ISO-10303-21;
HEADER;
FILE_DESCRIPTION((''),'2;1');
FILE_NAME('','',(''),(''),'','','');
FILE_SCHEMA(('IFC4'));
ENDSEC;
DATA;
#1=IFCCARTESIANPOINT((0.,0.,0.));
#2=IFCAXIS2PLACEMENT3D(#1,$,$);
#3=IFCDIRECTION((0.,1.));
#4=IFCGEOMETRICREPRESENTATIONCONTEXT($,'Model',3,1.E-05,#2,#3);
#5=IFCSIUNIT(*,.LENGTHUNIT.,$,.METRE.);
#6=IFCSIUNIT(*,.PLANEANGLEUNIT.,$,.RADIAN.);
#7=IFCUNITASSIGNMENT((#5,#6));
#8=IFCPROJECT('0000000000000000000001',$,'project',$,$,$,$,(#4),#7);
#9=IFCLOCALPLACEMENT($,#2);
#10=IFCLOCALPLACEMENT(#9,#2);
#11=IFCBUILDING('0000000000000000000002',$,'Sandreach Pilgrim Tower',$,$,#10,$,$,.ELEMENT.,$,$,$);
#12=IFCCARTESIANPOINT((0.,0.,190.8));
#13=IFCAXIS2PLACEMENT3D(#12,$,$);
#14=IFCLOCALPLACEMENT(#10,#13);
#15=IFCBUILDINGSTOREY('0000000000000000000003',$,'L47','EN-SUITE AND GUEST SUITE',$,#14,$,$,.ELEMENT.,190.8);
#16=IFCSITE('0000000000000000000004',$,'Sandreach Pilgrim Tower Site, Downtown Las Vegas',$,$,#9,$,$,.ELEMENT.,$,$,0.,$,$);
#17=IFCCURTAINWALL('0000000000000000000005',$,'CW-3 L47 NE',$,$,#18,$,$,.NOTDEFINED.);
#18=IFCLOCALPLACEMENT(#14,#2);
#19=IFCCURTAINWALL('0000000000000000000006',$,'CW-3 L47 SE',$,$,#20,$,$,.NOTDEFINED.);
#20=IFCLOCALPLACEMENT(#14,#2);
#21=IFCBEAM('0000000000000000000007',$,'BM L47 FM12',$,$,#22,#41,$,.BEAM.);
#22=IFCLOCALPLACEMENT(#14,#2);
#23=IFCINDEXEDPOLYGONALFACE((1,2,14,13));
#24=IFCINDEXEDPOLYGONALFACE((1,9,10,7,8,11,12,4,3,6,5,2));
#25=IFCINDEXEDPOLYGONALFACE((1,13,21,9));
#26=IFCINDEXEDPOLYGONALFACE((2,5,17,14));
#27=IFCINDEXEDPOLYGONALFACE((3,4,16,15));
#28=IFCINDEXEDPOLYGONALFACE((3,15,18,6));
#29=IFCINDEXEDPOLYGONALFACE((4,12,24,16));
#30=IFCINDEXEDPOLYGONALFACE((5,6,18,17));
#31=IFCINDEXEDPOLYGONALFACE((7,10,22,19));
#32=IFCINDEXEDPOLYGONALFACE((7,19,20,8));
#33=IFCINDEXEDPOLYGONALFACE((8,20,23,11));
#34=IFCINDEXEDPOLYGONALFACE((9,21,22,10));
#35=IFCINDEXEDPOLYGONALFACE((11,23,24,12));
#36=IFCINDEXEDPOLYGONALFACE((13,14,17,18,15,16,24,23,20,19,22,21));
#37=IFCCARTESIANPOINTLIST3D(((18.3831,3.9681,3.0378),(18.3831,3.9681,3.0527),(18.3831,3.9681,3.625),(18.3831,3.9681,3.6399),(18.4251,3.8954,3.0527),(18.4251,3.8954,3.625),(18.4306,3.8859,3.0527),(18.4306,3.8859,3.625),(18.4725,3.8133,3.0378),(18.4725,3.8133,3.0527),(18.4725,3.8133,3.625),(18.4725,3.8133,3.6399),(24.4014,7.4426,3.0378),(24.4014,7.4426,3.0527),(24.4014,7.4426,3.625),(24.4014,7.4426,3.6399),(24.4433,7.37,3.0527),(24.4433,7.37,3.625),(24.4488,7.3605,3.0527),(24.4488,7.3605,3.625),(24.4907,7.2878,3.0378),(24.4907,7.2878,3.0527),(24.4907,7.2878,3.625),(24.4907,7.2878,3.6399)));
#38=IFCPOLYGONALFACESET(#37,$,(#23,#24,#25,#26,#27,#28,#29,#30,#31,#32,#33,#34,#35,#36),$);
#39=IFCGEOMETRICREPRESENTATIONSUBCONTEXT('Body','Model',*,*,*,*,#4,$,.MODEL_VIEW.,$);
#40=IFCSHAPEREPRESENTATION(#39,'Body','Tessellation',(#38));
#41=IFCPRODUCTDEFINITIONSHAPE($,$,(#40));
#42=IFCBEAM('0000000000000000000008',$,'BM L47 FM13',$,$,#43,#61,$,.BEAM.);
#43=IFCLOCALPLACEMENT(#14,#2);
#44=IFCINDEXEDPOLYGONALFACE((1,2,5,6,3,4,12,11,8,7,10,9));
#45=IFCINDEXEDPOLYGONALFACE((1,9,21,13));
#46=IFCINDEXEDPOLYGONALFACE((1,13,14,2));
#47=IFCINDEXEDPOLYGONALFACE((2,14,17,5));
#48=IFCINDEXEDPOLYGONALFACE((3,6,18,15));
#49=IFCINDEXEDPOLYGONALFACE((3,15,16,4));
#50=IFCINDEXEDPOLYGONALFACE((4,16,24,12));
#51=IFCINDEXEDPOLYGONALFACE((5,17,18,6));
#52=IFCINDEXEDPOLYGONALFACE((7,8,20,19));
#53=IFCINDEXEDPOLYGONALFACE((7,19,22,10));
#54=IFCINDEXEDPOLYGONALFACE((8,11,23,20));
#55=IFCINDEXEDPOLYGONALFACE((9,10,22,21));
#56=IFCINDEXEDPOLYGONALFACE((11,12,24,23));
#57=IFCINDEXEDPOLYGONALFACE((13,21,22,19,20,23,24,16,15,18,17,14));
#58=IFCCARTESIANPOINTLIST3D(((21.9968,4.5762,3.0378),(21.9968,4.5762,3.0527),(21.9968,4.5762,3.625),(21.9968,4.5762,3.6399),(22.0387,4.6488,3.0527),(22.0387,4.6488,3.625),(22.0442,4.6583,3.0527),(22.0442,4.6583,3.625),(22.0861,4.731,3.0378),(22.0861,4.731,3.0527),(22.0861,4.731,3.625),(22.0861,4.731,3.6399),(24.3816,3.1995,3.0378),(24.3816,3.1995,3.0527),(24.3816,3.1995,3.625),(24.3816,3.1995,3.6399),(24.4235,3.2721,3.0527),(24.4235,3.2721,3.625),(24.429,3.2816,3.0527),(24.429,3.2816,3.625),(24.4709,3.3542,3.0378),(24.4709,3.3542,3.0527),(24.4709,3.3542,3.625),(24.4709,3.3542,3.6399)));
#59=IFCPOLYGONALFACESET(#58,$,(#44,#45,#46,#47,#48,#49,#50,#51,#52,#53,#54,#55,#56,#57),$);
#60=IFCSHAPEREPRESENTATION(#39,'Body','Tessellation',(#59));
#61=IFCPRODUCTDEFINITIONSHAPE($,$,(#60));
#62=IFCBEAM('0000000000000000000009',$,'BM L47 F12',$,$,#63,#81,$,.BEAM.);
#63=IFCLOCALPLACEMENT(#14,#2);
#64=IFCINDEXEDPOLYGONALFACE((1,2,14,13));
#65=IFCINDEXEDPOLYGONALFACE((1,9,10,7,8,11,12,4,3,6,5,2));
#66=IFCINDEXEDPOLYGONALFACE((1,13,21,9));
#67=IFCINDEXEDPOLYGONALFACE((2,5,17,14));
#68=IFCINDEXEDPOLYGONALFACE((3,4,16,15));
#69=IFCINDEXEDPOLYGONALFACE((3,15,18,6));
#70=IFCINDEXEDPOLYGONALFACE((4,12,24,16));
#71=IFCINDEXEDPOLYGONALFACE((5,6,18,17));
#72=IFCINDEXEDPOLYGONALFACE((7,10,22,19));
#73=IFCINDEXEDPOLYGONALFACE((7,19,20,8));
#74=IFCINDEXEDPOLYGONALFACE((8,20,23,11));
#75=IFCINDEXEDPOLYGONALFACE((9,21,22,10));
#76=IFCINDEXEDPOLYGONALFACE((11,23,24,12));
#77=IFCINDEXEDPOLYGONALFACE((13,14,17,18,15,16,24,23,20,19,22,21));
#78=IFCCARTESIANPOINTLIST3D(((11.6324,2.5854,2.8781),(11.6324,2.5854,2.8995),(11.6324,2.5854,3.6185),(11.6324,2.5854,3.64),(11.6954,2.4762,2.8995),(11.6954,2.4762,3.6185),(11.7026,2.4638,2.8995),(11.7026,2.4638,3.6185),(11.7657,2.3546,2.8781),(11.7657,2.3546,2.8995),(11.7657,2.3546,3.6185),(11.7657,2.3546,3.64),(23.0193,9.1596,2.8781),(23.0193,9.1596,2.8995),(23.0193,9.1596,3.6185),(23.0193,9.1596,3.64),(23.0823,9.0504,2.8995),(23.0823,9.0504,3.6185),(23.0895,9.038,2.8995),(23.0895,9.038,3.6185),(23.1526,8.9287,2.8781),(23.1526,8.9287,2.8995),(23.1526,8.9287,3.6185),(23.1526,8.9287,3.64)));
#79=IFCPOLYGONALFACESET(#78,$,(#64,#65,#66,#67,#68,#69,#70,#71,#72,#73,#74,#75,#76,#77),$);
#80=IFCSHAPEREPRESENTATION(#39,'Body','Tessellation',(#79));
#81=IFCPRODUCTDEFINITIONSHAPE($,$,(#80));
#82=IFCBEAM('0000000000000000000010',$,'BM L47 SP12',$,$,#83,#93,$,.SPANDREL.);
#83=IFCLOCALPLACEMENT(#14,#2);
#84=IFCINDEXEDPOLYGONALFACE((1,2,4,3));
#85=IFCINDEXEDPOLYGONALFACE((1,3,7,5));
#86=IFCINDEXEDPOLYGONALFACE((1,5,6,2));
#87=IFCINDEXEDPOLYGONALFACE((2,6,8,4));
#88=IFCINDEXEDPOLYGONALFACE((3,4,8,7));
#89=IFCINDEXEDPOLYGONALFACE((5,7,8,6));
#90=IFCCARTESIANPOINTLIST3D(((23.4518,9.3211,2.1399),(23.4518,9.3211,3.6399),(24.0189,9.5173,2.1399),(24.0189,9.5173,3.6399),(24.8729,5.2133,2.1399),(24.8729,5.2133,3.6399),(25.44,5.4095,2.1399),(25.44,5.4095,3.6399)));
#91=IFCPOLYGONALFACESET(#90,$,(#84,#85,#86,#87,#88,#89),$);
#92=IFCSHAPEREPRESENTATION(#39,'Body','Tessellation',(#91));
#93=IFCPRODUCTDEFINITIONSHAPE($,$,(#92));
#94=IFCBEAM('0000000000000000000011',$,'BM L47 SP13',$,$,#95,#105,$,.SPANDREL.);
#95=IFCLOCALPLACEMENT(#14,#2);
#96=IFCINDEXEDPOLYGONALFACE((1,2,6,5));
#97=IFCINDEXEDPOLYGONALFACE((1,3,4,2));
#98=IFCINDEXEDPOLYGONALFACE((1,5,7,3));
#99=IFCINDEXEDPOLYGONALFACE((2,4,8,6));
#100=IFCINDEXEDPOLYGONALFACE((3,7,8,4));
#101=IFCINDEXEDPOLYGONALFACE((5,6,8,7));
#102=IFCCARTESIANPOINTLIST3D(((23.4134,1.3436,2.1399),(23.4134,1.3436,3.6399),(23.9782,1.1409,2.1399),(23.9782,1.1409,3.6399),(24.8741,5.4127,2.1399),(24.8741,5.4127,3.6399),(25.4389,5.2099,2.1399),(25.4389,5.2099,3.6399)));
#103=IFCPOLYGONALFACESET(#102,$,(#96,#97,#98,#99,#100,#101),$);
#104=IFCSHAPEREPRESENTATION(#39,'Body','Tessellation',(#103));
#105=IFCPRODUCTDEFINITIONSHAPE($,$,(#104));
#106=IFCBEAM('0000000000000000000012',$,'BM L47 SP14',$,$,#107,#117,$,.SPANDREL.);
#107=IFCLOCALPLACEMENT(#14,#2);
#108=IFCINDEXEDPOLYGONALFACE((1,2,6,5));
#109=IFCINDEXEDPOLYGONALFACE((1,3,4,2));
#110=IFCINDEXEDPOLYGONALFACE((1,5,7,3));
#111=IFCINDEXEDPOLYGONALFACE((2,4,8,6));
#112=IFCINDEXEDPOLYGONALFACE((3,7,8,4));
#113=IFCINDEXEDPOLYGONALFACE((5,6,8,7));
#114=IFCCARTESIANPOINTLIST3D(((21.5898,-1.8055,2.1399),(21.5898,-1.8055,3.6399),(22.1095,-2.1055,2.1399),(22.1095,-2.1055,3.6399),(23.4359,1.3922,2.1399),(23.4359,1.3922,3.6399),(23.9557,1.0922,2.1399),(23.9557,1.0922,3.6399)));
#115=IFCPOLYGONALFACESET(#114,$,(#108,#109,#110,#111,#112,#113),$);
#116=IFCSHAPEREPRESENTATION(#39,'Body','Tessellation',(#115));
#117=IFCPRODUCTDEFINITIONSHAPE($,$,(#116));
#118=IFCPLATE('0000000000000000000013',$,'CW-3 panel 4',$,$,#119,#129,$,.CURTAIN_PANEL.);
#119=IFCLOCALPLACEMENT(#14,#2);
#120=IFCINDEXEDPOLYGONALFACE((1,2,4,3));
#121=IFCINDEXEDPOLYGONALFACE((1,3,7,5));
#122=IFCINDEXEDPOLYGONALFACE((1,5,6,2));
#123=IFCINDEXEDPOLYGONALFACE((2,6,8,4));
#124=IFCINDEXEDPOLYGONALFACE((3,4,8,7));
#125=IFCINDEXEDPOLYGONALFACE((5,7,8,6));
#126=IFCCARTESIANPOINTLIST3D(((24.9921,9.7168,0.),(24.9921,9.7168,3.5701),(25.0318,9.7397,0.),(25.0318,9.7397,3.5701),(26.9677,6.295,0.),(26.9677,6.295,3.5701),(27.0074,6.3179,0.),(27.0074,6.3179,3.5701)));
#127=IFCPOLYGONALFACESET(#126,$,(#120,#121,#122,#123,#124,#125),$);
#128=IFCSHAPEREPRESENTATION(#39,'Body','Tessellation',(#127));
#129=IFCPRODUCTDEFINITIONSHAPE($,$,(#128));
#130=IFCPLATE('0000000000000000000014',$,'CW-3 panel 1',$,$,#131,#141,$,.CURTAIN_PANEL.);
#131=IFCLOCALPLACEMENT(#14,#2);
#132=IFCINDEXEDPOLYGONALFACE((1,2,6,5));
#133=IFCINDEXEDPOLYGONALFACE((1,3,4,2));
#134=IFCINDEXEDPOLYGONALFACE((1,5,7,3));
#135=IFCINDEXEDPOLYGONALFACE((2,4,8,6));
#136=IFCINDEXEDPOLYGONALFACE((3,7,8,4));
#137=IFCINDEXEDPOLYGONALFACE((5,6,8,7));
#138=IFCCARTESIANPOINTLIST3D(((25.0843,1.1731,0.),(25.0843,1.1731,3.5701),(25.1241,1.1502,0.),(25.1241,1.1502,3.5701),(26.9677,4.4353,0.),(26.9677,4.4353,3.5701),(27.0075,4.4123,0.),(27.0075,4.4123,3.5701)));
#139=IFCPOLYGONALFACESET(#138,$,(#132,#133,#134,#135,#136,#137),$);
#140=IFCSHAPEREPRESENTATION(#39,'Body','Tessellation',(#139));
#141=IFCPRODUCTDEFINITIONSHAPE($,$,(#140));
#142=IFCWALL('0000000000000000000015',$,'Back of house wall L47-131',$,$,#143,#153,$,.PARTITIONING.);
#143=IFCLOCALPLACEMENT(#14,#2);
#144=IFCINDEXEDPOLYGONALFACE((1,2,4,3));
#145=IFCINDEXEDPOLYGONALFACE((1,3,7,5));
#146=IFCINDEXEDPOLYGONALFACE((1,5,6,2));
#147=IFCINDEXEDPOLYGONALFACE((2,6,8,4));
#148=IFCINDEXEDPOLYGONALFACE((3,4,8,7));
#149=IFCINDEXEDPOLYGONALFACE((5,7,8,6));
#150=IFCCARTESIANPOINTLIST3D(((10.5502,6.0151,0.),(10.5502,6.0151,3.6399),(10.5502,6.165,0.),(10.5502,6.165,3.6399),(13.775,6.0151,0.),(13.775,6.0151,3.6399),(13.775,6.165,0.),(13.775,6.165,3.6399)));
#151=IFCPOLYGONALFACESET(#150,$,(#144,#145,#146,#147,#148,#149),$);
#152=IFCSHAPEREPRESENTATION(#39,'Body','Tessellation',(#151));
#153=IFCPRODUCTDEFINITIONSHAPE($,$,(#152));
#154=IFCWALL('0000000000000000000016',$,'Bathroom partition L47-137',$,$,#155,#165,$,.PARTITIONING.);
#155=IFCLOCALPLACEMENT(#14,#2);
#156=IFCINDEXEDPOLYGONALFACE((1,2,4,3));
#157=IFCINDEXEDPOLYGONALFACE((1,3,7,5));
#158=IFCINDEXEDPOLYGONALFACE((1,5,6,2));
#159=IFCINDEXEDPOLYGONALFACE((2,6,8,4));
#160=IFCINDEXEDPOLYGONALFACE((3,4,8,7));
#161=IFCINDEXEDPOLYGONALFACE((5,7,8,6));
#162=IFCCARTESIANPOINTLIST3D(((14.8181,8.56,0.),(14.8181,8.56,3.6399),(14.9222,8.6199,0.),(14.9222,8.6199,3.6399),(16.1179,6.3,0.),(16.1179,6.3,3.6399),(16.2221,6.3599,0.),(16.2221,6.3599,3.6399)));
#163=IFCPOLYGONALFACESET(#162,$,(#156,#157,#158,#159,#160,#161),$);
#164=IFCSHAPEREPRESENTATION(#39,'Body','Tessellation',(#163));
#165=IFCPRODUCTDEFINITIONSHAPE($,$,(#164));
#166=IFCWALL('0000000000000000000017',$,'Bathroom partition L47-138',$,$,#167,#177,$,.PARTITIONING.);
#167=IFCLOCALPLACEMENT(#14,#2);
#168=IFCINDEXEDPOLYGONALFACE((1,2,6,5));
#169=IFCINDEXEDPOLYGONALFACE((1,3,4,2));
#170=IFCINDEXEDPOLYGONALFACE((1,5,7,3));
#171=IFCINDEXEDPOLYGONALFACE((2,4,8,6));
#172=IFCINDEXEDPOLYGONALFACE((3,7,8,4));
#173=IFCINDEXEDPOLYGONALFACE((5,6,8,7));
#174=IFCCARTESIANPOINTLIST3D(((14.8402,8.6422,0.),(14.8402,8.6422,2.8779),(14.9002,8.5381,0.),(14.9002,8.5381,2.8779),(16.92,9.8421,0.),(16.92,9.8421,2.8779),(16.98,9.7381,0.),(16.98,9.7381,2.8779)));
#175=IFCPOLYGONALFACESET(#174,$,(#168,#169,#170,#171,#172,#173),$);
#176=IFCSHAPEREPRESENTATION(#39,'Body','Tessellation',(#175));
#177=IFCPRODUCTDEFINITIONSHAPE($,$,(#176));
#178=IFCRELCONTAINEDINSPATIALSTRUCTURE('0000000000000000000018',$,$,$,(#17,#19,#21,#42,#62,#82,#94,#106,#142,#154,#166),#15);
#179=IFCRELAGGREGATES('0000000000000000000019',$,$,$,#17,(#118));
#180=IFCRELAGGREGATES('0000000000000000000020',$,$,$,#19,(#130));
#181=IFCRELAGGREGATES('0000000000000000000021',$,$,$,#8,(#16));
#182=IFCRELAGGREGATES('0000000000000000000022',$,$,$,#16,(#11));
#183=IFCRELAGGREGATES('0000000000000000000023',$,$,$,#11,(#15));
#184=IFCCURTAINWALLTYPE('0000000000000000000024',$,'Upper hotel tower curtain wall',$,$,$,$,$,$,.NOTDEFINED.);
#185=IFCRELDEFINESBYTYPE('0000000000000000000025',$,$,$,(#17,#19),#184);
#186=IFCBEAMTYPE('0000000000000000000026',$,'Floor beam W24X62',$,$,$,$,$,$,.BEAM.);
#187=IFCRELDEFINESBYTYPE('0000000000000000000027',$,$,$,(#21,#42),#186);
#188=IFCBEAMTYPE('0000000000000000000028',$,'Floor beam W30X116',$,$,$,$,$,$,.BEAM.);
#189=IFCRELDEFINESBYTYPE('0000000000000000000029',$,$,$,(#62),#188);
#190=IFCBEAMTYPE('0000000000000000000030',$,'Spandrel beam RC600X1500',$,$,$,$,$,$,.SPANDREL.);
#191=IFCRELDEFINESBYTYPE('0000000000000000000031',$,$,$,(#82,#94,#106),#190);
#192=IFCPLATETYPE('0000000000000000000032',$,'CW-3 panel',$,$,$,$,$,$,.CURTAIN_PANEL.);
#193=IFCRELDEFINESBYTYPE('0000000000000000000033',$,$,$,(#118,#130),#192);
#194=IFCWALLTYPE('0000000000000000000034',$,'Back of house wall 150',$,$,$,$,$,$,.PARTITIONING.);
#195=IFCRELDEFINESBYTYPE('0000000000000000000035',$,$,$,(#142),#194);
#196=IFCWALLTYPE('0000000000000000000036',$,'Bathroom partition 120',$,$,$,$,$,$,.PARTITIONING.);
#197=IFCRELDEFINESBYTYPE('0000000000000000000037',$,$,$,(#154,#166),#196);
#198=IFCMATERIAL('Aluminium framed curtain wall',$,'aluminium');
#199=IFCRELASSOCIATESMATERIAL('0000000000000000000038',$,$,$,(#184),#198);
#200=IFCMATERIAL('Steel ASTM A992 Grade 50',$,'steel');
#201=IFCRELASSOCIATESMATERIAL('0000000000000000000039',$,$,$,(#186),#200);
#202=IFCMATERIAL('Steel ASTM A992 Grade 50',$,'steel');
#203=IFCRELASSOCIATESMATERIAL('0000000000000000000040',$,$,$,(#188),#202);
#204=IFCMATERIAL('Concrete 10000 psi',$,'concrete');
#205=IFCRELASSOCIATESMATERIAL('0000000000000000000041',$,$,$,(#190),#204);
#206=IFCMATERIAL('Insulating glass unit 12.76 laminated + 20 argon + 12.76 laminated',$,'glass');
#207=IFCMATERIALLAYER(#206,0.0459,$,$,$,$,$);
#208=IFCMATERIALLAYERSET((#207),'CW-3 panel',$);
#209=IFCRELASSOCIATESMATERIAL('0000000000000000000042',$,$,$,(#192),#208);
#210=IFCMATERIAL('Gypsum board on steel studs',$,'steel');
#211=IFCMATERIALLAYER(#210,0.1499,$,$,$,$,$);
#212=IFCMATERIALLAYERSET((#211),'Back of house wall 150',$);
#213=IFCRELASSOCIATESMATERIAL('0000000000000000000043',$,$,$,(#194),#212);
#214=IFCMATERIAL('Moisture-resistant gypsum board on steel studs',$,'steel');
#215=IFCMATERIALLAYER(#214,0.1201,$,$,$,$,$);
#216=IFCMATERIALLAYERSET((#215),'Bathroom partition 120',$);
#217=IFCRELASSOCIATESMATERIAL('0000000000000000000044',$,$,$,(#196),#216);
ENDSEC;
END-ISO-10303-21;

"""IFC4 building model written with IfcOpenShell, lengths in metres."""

from ifc_helpers import new_model, si_unit, direction, frame, frame_2d, origin, origin_2d, place, context, subcontext, project, spatial, rectangle, i_section, extrude, material, layer, layer_set, material_profile, profile_set, type_object, element, aggregate, save


model = new_model("IFC4")

# Units and contexts
model_context = context("Model", 3, precision=1e-05, world=origin(), true_north=direction((0.0, 1.0)))
body_context = subcontext(model_context, "Body", "Model", "MODEL_VIEW")
ifc_project = project(units=[si_unit("LENGTHUNIT", "METRE"), si_unit("PLANEANGLEUNIT", "RADIAN")], contexts=[model_context])

# Site, building, storey
site_placement = place(None, origin())
site = spatial("IfcSite", under=ifc_project, at=site_placement, Name="Sandreach Pilgrim Tower Site, Downtown Las Vegas", CompositionType="ELEMENT", RefElevation=0.0)
building_placement = place(site_placement, origin())
building = spatial("IfcBuilding", under=site, at=building_placement, Name="Sandreach Pilgrim Tower", CompositionType="ELEMENT")
storey_placement = place(building_placement, frame((0.0, 0.0, 190.8)))
storey = spatial("IfcBuildingStorey", under=building, at=storey_placement, Name="L47", Description="EN-SUITE AND GUEST SUITE", CompositionType="ELEMENT", Elevation=190.8)

# Curtain wall
ifc_material_1 = material(Name="Aluminium framed curtain wall", Category="aluminium")
curtain_wall_type = type_object("IfcCurtainWallType", Name="Upper hotel tower curtain wall", PredefinedType="NOTDEFINED", material=ifc_material_1)
curtain_wall_1_placement = place(storey_placement, origin())
curtain_wall_1 = element("IfcCurtainWall", 1, at=curtain_wall_1_placement, inside=storey, type_object=curtain_wall_type, Name="CW-3 L47 NE", PredefinedType="NOTDEFINED")

# Curtain wall
curtain_wall_2_placement = place(storey_placement, origin())
curtain_wall_2 = element("IfcCurtainWall", 2, at=curtain_wall_2_placement, inside=storey, type_object=curtain_wall_type, Name="CW-3 L47 SE", PredefinedType="NOTDEFINED")

# Beams
ifc_material_2 = material(Name="Steel ASTM A992 Grade 50", Category="steel")
ifc_material_profile_1 = material_profile(ifc_material_2, i_section(OverallWidth=0.1787, OverallDepth=0.6021, WebThickness=0.011, FlangeThickness=0.0149, at=origin_2d()), Name="W24X62")
ifc_profile_set_1 = profile_set([ifc_material_profile_1], Name="Steel ASTM A992 Grade 50")
beam_type_1 = type_object("IfcBeamType", Name="Floor beam W24X62", PredefinedType="BEAM", material=ifc_profile_set_1)
beam_1_placement = place(storey_placement, frame((24.446, 7.3652, 3.3389), z_axis=(-0.866029, -0.499993, 0.0), x_axis=(0.499993, -0.866029, 0.0)))
element("IfcBeam", 3, at=beam_1_placement, inside=storey, type_object=beam_type_1, Name="BM L47 FM12", PredefinedType="BEAM", context=body_context, shape_type="SweptSolid", body=[
    extrude(i_section(OverallWidth=0.1787, OverallDepth=0.6021, WebThickness=0.011, FlangeThickness=0.0149, at=origin_2d()), origin(), (0.0, 0.0, 1.0), 6.9492),
])
beam_2_placement = place(storey_placement, frame((24.4263, 3.2769, 3.3389), z_axis=(-0.866047, 0.499963, 0.0), x_axis=(-0.499963, -0.866047, 0.0)))
element("IfcBeam", 4, at=beam_2_placement, inside=storey, type_object=beam_type_1, Name="BM L47 FM13", PredefinedType="BEAM", context=body_context, shape_type="SweptSolid", body=[
    extrude(i_section(OverallWidth=0.1787, OverallDepth=0.6021, WebThickness=0.011, FlangeThickness=0.0149, at=origin_2d()), origin(), (0.0, 0.0, 1.0), 2.7537),
])
ifc_material_3 = material(Name="Steel ASTM A992 Grade 50", Category="steel")
ifc_material_profile_2 = material_profile(ifc_material_3, i_section(OverallWidth=0.2666, OverallDepth=0.762, WebThickness=0.0144, FlangeThickness=0.0215, at=origin_2d()), Name="W30X116")
ifc_profile_set_2 = profile_set([ifc_material_profile_2], Name="Steel ASTM A992 Grade 50")
beam_type_2 = type_object("IfcBeamType", Name="Floor beam W30X116", PredefinedType="BEAM", material=ifc_profile_set_2)
beam_3_placement = place(storey_placement, frame((23.0859, 9.0442, 3.259), z_axis=(-0.866027, -0.499997, 0.0), x_axis=(0.499997, -0.866027, 0.0)))
element("IfcBeam", 5, at=beam_3_placement, inside=storey, type_object=beam_type_2, Name="BM L47 F12", PredefinedType="BEAM", context=body_context, shape_type="SweptSolid", body=[
    extrude(i_section(OverallWidth=0.2666, OverallDepth=0.762, WebThickness=0.0144, FlangeThickness=0.0215, at=origin_2d()), origin(), (0.0, 0.0, 1.0), 13.1484),
])
ifc_material_4 = material(Name="Concrete 10000 psi", Category="concrete")
ifc_material_profile_3 = material_profile(ifc_material_4, rectangle(XDim=0.6001, YDim=1.5, at=origin_2d()), Name="RC600X1500")
ifc_profile_set_3 = profile_set([ifc_material_profile_3], Name="Concrete 10000 psi")
beam_type_3 = type_object("IfcBeamType", Name="Spandrel beam RC600X1500", PredefinedType="SPANDREL", material=ifc_profile_set_3)
beam_4_placement = place(storey_placement, frame((23.7354, 9.4192, 2.8899), z_axis=(0.326941, -0.945045, 0.0), x_axis=(0.945045, 0.326941, 0.0)))
element("IfcBeam", 6, at=beam_4_placement, inside=storey, type_object=beam_type_3, Name="BM L47 SP12", PredefinedType="SPANDREL", context=body_context, shape_type="SweptSolid", body=[
    extrude(rectangle(XDim=0.6001, YDim=1.5, at=origin_2d()), origin(), (0.0, 0.0, 1.0), 4.3467),
])
beam_5_placement = place(storey_placement, frame((25.1565, 5.3113, 2.8899), z_axis=(-0.337863, -0.941195, 0.0), x_axis=(0.941195, -0.337863, 0.0)))
element("IfcBeam", 7, at=beam_5_placement, inside=storey, type_object=beam_type_3, Name="BM L47 SP13", PredefinedType="SPANDREL", context=body_context, shape_type="SweptSolid", body=[
    extrude(rectangle(XDim=0.6001, YDim=1.5, at=origin_2d()), origin(), (0.0, 0.0, 1.0), 4.3232),
])
beam_6_placement = place(storey_placement, frame((23.6958, 1.2422, 2.8899), z_axis=(-0.499993, -0.866029, 0.0), x_axis=(0.866029, -0.499993, 0.0)))
element("IfcBeam", 8, at=beam_6_placement, inside=storey, type_object=beam_type_3, Name="BM L47 SP14", PredefinedType="SPANDREL", context=body_context, shape_type="SweptSolid", body=[
    extrude(rectangle(XDim=0.6001, YDim=1.5, at=origin_2d()), origin(), (0.0, 0.0, 1.0), 3.6924),
])

# Plates
ifc_material_5 = material(Name="Insulating glass unit 12.76 laminated + 20 argon + 12.76 laminated", Category="glass")
ifc_layer_1 = layer(ifc_material_5, 0.0459)
ifc_layer_set_1 = layer_set([ifc_layer_1], Name="CW-3 panel")
plate_type = type_object("IfcPlateType", Name="CW-3 panel", PredefinedType="CURTAIN_PANEL", material=ifc_layer_set_1)
plate_1_placement = place(storey_placement, frame((25.9998, 8.0173, 0.0), z_axis=(0.0, 0.0, 1.0), x_axis=(0.5, -0.866025, 0.0)))
plate_1 = element("IfcPlate", 9, at=plate_1_placement, type_object=plate_type, Name="CW-3 panel 4", PredefinedType="CURTAIN_PANEL", context=body_context, shape_type="SweptSolid", body=[
    extrude(rectangle(XDim=3.9512, YDim=0.0459, at=origin_2d()), origin(), (0.0, 0.0, 1.0), 3.5701),
])
aggregate(curtain_wall_1, [plate_1])
plate_2_placement = place(storey_placement, frame((26.0459, 2.7927, 0.0), z_axis=(0.0, 0.0, 1.0), x_axis=(-0.5, -0.866025, 0.0)))
plate_2 = element("IfcPlate", 10, at=plate_2_placement, type_object=plate_type, Name="CW-3 panel 1", PredefinedType="CURTAIN_PANEL", context=body_context, shape_type="SweptSolid", body=[
    extrude(rectangle(XDim=3.7668, YDim=0.0459, at=origin_2d()), origin(), (0.0, 0.0, 1.0), 3.5701),
])
aggregate(curtain_wall_2, [plate_2])

# Walls
ifc_material_6 = material(Name="Gypsum board on steel studs", Category="steel")
ifc_layer_2 = layer(ifc_material_6, 0.1499)
ifc_layer_set_2 = layer_set([ifc_layer_2], Name="Back of house wall 150")
wall_type_1 = type_object("IfcWallType", Name="Back of house wall 150", PredefinedType="PARTITIONING", material=ifc_layer_set_2)
wall_1_placement = place(storey_placement, frame((13.7749, 6.0901, 0.0), z_axis=(0.0, 0.0, 1.0), x_axis=(-1.0, 0.0, 0.0)))
element("IfcWall", 11, at=wall_1_placement, inside=storey, type_object=wall_type_1, Name="Back of house wall L47-131", PredefinedType="PARTITIONING", context=body_context, shape_type="SweptSolid", body=[
    extrude(rectangle(XDim=3.2249, YDim=0.1499, at=frame_2d((1.6123, 0.0))), origin(), (0.0, 0.0, 1.0), 3.6399),
])
ifc_material_7 = material(Name="Moisture-resistant gypsum board on steel studs", Category="steel")
ifc_layer_3 = layer(ifc_material_7, 0.1201)
ifc_layer_set_3 = layer_set([ifc_layer_3], Name="Bathroom partition 120")
wall_type_2 = type_object("IfcWallType", Name="Bathroom partition 120", PredefinedType="PARTITIONING", material=ifc_layer_set_3)
wall_2_placement = place(storey_placement, frame((14.8701, 8.5901, 0.0), z_axis=(0.0, 0.0, 1.0), x_axis=(0.498557, -0.866857, 0.0)))
element("IfcWall", 12, at=wall_2_placement, inside=storey, type_object=wall_type_2, Name="Bathroom partition L47-137", PredefinedType="PARTITIONING", context=body_context, shape_type="SweptSolid", body=[
    extrude(rectangle(XDim=2.6072, YDim=0.1201, at=frame_2d((1.3037, 0.0))), origin(), (0.0, 0.0, 1.0), 3.6399),
])
wall_3_placement = place(storey_placement, frame((14.8701, 8.5901, 0.0), z_axis=(0.0, 0.0, 1.0), x_axis=(0.866177, 0.499737, 0.0)))
element("IfcWall", 13, at=wall_3_placement, inside=storey, type_object=wall_type_2, Name="Bathroom partition L47-138", PredefinedType="PARTITIONING", context=body_context, shape_type="SweptSolid", body=[
    extrude(rectangle(XDim=2.4011, YDim=0.1201, at=frame_2d((1.2007, 0.0))), origin(), (0.0, 0.0, 1.0), 2.8779),
])

save(model, "model.ifc")
